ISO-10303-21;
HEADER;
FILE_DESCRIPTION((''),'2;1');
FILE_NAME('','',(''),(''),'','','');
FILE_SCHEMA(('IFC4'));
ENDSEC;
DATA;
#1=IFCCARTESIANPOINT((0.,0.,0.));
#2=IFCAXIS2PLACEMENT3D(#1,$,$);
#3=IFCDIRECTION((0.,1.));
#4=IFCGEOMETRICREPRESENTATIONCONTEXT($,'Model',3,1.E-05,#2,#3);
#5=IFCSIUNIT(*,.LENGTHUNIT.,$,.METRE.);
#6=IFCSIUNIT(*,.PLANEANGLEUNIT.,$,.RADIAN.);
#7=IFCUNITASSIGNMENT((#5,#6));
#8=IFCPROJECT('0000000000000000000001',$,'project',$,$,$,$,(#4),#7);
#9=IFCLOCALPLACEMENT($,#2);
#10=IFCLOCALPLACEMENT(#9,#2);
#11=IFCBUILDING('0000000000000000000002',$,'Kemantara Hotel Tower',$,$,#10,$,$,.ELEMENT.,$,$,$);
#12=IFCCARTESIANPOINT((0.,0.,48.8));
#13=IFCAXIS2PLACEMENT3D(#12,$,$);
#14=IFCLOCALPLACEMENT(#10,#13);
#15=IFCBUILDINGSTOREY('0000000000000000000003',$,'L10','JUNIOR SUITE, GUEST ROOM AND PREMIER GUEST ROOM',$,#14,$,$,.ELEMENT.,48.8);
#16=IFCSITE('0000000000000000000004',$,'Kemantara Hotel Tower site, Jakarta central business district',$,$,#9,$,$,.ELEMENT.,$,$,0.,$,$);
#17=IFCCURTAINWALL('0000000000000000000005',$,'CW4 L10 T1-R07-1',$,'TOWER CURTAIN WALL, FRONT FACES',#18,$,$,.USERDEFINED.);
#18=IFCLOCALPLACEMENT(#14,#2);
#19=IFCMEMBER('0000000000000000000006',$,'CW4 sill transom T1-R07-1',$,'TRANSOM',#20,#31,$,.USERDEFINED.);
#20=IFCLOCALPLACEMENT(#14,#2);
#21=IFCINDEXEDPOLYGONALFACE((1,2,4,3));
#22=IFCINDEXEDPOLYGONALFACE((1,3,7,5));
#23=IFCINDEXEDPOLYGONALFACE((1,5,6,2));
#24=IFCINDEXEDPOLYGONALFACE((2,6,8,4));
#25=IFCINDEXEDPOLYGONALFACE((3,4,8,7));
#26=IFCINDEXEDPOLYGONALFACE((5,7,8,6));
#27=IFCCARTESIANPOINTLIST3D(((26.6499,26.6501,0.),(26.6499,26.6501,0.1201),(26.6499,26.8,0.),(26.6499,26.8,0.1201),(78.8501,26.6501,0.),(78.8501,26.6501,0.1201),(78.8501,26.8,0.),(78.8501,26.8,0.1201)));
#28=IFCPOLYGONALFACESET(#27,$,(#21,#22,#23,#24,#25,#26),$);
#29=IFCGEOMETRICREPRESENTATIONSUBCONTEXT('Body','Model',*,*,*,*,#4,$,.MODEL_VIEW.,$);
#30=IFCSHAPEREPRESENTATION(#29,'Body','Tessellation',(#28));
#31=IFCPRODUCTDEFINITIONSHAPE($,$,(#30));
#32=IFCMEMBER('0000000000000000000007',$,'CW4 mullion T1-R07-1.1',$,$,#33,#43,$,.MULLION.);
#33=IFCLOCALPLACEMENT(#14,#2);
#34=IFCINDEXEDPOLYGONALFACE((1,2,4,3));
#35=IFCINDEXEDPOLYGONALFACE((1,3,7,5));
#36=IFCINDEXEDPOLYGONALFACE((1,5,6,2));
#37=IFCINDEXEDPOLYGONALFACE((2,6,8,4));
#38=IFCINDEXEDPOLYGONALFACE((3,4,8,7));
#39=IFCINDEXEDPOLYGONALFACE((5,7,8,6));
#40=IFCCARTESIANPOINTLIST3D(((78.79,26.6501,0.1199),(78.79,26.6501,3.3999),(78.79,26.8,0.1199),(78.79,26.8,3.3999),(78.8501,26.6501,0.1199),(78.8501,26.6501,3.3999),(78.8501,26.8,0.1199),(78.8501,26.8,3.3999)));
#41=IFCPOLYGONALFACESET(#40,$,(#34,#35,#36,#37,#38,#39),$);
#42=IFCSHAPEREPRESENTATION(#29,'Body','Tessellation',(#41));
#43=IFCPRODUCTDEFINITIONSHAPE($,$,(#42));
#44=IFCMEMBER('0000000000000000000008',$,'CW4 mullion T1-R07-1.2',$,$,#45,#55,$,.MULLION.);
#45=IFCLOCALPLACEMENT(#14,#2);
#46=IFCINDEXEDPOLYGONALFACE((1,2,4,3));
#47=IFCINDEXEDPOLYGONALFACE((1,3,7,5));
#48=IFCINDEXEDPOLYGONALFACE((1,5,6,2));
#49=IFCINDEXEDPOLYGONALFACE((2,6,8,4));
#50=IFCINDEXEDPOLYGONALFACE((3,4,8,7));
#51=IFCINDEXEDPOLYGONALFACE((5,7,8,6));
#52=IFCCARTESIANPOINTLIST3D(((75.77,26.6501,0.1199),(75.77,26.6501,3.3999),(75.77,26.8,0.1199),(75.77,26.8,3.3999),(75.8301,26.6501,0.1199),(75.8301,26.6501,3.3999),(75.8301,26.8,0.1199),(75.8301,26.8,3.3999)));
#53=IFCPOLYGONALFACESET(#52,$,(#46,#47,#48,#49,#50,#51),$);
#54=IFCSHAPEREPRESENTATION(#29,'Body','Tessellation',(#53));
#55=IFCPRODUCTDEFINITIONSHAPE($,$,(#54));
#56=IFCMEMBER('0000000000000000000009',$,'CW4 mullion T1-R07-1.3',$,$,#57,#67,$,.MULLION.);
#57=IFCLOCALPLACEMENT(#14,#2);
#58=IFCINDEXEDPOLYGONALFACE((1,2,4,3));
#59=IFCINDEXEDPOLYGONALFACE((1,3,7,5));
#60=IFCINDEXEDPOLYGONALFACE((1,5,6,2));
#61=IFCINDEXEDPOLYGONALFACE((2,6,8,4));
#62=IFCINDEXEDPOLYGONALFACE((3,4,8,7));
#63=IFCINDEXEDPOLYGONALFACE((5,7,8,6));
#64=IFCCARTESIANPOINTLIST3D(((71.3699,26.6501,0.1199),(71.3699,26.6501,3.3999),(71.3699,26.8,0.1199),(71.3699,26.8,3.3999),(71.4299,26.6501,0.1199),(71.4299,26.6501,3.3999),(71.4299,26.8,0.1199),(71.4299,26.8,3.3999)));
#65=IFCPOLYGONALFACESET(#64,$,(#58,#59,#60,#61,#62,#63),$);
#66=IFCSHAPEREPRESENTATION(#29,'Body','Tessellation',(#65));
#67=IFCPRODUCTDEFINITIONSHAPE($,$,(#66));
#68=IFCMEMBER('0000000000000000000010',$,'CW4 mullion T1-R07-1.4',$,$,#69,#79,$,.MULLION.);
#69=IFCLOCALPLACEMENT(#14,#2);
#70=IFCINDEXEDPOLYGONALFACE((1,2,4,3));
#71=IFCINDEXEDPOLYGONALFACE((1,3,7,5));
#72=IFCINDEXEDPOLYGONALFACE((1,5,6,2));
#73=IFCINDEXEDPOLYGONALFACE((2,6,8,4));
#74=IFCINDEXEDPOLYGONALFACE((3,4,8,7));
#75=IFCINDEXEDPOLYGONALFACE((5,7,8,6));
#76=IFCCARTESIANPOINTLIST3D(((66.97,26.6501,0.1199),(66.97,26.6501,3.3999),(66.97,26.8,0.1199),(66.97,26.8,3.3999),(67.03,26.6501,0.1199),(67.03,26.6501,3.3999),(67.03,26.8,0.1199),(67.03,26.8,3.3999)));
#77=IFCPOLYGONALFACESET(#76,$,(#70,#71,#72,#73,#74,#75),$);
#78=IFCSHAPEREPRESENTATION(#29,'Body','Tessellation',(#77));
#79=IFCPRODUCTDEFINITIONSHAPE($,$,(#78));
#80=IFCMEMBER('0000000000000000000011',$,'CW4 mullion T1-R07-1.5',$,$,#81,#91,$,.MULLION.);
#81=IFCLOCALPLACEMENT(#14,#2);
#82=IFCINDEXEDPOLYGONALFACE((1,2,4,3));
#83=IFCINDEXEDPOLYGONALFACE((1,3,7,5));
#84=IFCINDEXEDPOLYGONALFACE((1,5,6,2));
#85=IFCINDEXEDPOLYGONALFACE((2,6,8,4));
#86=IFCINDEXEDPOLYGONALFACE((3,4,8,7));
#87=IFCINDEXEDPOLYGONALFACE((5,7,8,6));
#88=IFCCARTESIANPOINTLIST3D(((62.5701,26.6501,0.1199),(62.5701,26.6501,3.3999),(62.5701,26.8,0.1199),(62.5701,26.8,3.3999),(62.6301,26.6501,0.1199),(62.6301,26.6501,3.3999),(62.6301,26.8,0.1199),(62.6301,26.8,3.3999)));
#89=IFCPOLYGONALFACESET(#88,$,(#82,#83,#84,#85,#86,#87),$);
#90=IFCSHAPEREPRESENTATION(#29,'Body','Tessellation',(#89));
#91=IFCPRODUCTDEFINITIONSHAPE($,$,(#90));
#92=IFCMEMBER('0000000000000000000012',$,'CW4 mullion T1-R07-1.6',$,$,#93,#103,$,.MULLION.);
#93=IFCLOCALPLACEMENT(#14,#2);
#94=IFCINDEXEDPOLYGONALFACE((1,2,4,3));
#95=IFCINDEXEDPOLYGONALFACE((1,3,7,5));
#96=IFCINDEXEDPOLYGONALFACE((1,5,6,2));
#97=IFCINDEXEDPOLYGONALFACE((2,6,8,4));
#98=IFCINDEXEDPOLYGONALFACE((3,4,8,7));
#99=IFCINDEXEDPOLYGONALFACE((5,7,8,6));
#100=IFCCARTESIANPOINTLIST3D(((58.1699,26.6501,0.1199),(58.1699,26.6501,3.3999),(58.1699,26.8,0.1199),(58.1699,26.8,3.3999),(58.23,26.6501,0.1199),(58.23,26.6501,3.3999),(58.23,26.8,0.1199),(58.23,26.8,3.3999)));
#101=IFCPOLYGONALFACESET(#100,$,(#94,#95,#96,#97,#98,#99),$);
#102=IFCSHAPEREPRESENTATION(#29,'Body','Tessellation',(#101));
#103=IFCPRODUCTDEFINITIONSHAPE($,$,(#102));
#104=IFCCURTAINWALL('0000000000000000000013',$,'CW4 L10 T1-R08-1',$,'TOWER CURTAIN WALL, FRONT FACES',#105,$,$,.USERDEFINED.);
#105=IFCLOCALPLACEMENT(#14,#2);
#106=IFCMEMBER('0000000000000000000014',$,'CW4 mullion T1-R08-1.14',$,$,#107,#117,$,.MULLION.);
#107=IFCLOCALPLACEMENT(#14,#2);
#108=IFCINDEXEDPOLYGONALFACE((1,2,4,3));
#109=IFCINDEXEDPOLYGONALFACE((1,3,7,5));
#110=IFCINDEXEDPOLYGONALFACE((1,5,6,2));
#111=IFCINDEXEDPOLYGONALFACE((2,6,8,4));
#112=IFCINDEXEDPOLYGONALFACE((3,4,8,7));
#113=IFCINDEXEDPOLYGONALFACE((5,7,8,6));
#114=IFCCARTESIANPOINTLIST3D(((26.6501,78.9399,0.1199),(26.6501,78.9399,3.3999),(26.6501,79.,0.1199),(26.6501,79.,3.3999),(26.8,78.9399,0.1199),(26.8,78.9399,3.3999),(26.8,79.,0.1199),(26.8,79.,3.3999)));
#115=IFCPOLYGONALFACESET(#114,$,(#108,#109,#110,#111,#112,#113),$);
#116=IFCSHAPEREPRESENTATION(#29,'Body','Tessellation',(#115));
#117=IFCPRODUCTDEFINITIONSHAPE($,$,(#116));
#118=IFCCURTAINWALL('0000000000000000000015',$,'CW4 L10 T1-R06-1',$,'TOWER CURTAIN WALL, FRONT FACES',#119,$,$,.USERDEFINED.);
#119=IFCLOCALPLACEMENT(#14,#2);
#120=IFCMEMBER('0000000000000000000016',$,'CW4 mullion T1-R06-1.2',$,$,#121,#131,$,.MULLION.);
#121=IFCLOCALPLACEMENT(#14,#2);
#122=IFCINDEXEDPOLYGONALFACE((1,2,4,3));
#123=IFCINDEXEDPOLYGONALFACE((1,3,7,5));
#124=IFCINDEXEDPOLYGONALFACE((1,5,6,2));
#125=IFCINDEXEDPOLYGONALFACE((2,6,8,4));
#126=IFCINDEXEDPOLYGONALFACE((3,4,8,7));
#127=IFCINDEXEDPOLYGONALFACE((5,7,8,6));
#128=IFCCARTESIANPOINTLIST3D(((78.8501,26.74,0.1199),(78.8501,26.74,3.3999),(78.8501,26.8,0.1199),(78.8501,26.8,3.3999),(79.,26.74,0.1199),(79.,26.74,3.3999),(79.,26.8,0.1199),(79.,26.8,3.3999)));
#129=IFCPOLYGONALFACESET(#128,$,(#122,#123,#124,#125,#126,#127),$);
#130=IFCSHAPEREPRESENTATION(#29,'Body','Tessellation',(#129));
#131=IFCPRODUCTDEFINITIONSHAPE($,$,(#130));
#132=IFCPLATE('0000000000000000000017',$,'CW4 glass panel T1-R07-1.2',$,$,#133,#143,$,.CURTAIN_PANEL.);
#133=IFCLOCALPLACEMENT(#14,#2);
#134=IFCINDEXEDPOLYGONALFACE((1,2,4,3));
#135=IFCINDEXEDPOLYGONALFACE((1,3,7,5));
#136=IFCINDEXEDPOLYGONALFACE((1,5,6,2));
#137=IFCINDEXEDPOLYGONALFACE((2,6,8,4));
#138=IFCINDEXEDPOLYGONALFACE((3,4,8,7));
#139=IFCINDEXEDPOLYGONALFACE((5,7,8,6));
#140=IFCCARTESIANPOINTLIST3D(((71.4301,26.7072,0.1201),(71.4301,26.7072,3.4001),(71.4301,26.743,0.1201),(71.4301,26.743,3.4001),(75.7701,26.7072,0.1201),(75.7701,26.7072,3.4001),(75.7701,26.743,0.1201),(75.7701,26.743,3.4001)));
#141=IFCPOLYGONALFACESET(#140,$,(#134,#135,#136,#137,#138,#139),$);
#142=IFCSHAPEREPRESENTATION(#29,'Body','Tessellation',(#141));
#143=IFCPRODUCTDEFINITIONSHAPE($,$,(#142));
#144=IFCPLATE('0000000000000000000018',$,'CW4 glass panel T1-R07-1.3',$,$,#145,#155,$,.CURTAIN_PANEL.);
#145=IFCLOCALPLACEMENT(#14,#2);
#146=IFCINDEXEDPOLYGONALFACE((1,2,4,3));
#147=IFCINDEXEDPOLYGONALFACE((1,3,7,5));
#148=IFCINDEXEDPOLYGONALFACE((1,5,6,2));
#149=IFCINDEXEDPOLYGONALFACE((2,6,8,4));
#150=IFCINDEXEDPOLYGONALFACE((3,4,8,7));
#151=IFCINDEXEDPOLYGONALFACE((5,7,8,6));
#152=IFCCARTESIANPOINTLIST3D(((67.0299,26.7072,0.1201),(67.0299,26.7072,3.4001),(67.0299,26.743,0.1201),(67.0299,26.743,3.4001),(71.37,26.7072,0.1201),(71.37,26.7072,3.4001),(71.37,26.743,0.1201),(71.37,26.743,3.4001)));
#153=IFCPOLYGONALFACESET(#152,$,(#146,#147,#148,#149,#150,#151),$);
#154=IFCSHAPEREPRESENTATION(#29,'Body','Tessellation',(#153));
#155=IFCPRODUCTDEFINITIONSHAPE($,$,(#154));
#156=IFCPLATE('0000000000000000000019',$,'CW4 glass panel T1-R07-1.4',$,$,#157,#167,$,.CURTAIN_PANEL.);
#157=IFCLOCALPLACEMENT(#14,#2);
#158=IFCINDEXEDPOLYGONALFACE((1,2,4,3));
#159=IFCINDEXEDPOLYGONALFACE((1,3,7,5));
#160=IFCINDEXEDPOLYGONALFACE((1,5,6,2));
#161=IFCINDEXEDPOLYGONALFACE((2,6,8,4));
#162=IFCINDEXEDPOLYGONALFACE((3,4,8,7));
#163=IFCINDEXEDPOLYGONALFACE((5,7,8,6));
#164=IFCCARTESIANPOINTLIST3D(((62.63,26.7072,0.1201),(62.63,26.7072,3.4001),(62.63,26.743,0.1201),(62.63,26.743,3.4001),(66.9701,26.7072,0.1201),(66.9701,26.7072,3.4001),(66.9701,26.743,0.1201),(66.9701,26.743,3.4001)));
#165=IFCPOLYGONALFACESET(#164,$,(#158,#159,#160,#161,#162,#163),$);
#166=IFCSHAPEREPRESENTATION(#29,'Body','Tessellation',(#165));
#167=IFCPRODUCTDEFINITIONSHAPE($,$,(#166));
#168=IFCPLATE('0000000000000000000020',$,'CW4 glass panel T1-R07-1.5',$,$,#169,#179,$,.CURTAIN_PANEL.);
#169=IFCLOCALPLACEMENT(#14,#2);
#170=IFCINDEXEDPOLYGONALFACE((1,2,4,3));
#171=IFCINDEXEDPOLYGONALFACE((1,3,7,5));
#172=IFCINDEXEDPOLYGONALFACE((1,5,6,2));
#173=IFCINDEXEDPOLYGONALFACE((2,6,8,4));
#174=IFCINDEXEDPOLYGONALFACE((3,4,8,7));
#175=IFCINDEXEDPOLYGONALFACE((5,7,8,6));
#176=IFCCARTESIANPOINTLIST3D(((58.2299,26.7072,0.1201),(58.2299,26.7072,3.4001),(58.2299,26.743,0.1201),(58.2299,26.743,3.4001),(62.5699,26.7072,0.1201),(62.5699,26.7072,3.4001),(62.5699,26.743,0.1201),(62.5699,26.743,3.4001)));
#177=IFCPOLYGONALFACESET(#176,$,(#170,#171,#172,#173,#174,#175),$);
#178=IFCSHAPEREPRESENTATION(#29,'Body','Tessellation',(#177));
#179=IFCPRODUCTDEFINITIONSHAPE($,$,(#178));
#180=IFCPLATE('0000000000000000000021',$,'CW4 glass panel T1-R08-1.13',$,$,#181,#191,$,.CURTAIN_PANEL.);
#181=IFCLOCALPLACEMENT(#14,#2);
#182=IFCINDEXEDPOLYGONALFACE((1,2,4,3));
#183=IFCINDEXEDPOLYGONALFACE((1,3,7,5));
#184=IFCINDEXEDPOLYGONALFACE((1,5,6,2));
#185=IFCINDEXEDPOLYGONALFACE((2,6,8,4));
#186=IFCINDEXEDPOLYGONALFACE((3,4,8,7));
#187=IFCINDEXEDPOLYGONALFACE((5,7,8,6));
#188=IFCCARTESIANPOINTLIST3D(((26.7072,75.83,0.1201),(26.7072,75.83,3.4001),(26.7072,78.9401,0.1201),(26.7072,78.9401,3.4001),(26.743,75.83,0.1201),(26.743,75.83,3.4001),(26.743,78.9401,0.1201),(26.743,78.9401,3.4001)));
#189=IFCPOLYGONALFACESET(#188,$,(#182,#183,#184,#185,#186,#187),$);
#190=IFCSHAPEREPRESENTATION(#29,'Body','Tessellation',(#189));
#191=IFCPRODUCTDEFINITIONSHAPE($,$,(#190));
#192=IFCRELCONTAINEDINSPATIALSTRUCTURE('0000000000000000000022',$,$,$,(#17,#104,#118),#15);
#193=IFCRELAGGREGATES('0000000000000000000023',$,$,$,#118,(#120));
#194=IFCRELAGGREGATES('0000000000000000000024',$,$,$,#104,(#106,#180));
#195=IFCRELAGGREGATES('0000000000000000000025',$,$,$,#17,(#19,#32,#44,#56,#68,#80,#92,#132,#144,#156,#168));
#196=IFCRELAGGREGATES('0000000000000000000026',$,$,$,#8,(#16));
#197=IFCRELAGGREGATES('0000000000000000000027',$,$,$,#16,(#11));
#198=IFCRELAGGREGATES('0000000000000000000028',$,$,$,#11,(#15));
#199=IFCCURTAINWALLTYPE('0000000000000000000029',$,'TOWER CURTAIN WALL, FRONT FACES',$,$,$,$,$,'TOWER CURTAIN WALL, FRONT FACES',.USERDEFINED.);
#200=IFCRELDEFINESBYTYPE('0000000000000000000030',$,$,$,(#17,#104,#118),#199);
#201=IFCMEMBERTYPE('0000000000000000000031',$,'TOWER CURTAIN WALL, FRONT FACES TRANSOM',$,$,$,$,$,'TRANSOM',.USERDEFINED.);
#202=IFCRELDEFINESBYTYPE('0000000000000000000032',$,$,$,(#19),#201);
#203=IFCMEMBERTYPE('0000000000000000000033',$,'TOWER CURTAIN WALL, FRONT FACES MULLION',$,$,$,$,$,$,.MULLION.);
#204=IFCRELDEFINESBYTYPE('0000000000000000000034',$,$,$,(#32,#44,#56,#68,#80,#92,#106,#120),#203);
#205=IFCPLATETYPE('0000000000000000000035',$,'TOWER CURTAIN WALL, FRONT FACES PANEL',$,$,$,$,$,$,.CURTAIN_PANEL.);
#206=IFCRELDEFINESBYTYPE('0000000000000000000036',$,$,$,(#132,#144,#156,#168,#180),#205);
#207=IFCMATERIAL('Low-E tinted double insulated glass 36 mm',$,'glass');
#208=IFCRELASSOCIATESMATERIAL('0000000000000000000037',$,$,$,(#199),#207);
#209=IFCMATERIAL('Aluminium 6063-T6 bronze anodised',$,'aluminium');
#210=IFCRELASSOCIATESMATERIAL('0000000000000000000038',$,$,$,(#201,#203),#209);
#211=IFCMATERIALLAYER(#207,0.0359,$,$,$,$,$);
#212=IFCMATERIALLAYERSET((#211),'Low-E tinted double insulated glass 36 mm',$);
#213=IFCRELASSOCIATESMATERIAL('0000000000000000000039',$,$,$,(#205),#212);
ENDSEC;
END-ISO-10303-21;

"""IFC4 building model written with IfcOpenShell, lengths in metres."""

from ifc_helpers import new_model, si_unit, direction, frame, origin, origin_2d, place, context, subcontext, project, spatial, rectangle, extrude, source, transform, mapped, material, layer, layer_set, material_profile, profile_set, type_object, element, aggregate, save


model = new_model("IFC4")

# Units and contexts
model_context = context("Model", 3, precision=1e-05, world=origin(), true_north=direction((0.0, 1.0)))
body_context = subcontext(model_context, "Body", "Model", "MODEL_VIEW")
ifc_project = project(units=[si_unit("LENGTHUNIT", "METRE"), si_unit("PLANEANGLEUNIT", "RADIAN")], contexts=[model_context])

# Site, building, storey
site_placement = place(None, origin())
site = spatial("IfcSite", under=ifc_project, at=site_placement, Name="Kemantara Hotel Tower site, Jakarta central business district", CompositionType="ELEMENT", RefElevation=0.0)
building_placement = place(site_placement, origin())
building = spatial("IfcBuilding", under=site, at=building_placement, Name="Kemantara Hotel Tower", CompositionType="ELEMENT")
storey_placement = place(building_placement, frame((0.0, 0.0, 48.8)))
storey = spatial("IfcBuildingStorey", under=building, at=storey_placement, Name="L10", Description="JUNIOR SUITE, GUEST ROOM AND PREMIER GUEST ROOM", CompositionType="ELEMENT", Elevation=48.8)

# Curtain wall, members
ifc_material_1 = material(Name="Low-E tinted double insulated glass 36 mm", Category="glass")
curtain_wall_type = type_object("IfcCurtainWallType", Name="TOWER CURTAIN WALL, FRONT FACES", ElementType="TOWER CURTAIN WALL, FRONT FACES", PredefinedType="USERDEFINED", material=ifc_material_1)
curtain_wall_1_placement = place(storey_placement, origin())
curtain_wall_1 = element("IfcCurtainWall", 1, at=curtain_wall_1_placement, inside=storey, type_object=curtain_wall_type, Name="CW4 L10 T1-R07-1", ObjectType="TOWER CURTAIN WALL, FRONT FACES", PredefinedType="USERDEFINED")
ifc_material_2 = material(Name="Aluminium 6063-T6 bronze anodised", Category="aluminium")
ifc_material_profile_1 = material_profile(ifc_material_2, rectangle(XDim=0.1499, YDim=0.1201, at=origin_2d()), Name="TOWER CURTAIN WALL, FRONT FACES TRANSOM")
ifc_profile_set_1 = profile_set([ifc_material_profile_1], Name="Aluminium 6063-T6 bronze anodised")
member_type_1 = type_object("IfcMemberType", Name="TOWER CURTAIN WALL, FRONT FACES TRANSOM", ElementType="TRANSOM", PredefinedType="USERDEFINED", material=ifc_profile_set_1)
member_1_placement = place(storey_placement, frame((78.8501, 26.7251, 0.0601), z_axis=(-1.0, 0.0, 0.0), x_axis=(0.0, -1.0, 0.0)))
member_1 = element("IfcMember", 2, at=member_1_placement, type_object=member_type_1, Name="CW4 sill transom T1-R07-1", ObjectType="TRANSOM", PredefinedType="USERDEFINED", context=body_context, shape_type="SweptSolid", body=[
    extrude(rectangle(XDim=0.1499, YDim=0.1201, at=origin_2d()), origin(), (0.0, 0.0, 1.0), 52.2002),
])
ifc_material_profile_2 = material_profile(ifc_material_2, rectangle(XDim=0.1499, YDim=0.0601, at=origin_2d()), Name="TOWER CURTAIN WALL, FRONT FACES MULLION")
ifc_profile_set_2 = profile_set([ifc_material_profile_2], Name="Aluminium 6063-T6 bronze anodised")
member_type_2 = type_object("IfcMemberType", Name="TOWER CURTAIN WALL, FRONT FACES MULLION", PredefinedType="MULLION", material=ifc_profile_set_2)
shared_shape_1 = source(origin(), body_context, "Body", "SweptSolid", [
    extrude(rectangle(XDim=0.1499, YDim=0.0601, at=origin_2d()), origin(), (0.0, 0.0, 1.0), 3.28),
])
member_2_placement = place(storey_placement, frame((78.8201, 26.7251, 0.1199), z_axis=(0.0, 0.0, 1.0), x_axis=(0.0, -1.0, 0.0)))
member_2 = element("IfcMember", 3, at=member_2_placement, type_object=member_type_2, Name="CW4 mullion T1-R07-1.1", PredefinedType="MULLION", context=body_context, shape_type="MappedRepresentation", body=[
    mapped(shared_shape_1, transform((0.0, 0.0, 0.0))),
])
member_3_placement = place(storey_placement, frame((75.8, 26.7251, 0.1199), z_axis=(0.0, 0.0, 1.0), x_axis=(0.0, -1.0, 0.0)))
member_3 = element("IfcMember", 4, at=member_3_placement, type_object=member_type_2, Name="CW4 mullion T1-R07-1.2", PredefinedType="MULLION", context=body_context, shape_type="MappedRepresentation", body=[
    mapped(shared_shape_1, transform((0.0, 0.0, 0.0))),
])
member_4_placement = place(storey_placement, frame((71.3999, 26.7251, 0.1199), z_axis=(0.0, 0.0, 1.0), x_axis=(0.0, -1.0, 0.0)))
member_4 = element("IfcMember", 5, at=member_4_placement, type_object=member_type_2, Name="CW4 mullion T1-R07-1.3", PredefinedType="MULLION", context=body_context, shape_type="MappedRepresentation", body=[
    mapped(shared_shape_1, transform((0.0, 0.0, 0.0))),
])
member_5_placement = place(storey_placement, frame((67.0, 26.7251, 0.1199), z_axis=(0.0, 0.0, 1.0), x_axis=(0.0, -1.0, 0.0)))
member_5 = element("IfcMember", 6, at=member_5_placement, type_object=member_type_2, Name="CW4 mullion T1-R07-1.4", PredefinedType="MULLION", context=body_context, shape_type="MappedRepresentation", body=[
    mapped(shared_shape_1, transform((0.0, 0.0, 0.0))),
])
member_6_placement = place(storey_placement, frame((62.6001, 26.7251, 0.1199), z_axis=(0.0, 0.0, 1.0), x_axis=(0.0, -1.0, 0.0)))
member_6 = element("IfcMember", 7, at=member_6_placement, type_object=member_type_2, Name="CW4 mullion T1-R07-1.5", PredefinedType="MULLION", context=body_context, shape_type="MappedRepresentation", body=[
    mapped(shared_shape_1, transform((0.0, 0.0, 0.0))),
])
member_7_placement = place(storey_placement, frame((58.2, 26.7251, 0.1199), z_axis=(0.0, 0.0, 1.0), x_axis=(0.0, -1.0, 0.0)))
member_7 = element("IfcMember", 8, at=member_7_placement, type_object=member_type_2, Name="CW4 mullion T1-R07-1.6", PredefinedType="MULLION", context=body_context, shape_type="MappedRepresentation", body=[
    mapped(shared_shape_1, transform((0.0, 0.0, 0.0))),
])

# Curtain walls, members
curtain_wall_2_placement = place(storey_placement, origin())
curtain_wall_2 = element("IfcCurtainWall", 9, at=curtain_wall_2_placement, inside=storey, type_object=curtain_wall_type, Name="CW4 L10 T1-R08-1", ObjectType="TOWER CURTAIN WALL, FRONT FACES", PredefinedType="USERDEFINED")
member_8_placement = place(storey_placement, frame((26.7251, 78.97, 0.1199), z_axis=(0.0, 0.0, 1.0), x_axis=(-1.0, 0.0, 0.0)))
member_8 = element("IfcMember", 10, at=member_8_placement, type_object=member_type_2, Name="CW4 mullion T1-R08-1.14", PredefinedType="MULLION", context=body_context, shape_type="MappedRepresentation", body=[
    mapped(shared_shape_1, transform((0.0, 0.0, 0.0))),
])
curtain_wall_3_placement = place(storey_placement, origin())
curtain_wall_3 = element("IfcCurtainWall", 11, at=curtain_wall_3_placement, inside=storey, type_object=curtain_wall_type, Name="CW4 L10 T1-R06-1", ObjectType="TOWER CURTAIN WALL, FRONT FACES", PredefinedType="USERDEFINED")
member_9_placement = place(storey_placement, frame((78.925, 26.77, 0.1199), z_axis=(0.0, 0.0, 1.0), x_axis=(-1.0, 0.0, 0.0)))
member_9 = element("IfcMember", 12, at=member_9_placement, type_object=member_type_2, Name="CW4 mullion T1-R06-1.2", PredefinedType="MULLION", context=body_context, shape_type="MappedRepresentation", body=[
    mapped(shared_shape_1, transform((0.0, 0.0, 0.0))),
])
aggregate(curtain_wall_3, [member_9])

# Plates
ifc_layer_1 = layer(ifc_material_1, 0.0359)
ifc_layer_set_1 = layer_set([ifc_layer_1], Name="Low-E tinted double insulated glass 36 mm")
plate_type = type_object("IfcPlateType", Name="TOWER CURTAIN WALL, FRONT FACES PANEL", PredefinedType="CURTAIN_PANEL", material=ifc_layer_set_1)
shared_shape_2 = source(origin(), body_context, "Body", "SweptSolid", [
    extrude(rectangle(XDim=4.3401, YDim=0.0359, at=origin_2d()), origin(), (0.0, 0.0, 1.0), 3.28),
])
plate_1_placement = place(storey_placement, frame((73.6001, 26.7251, 0.1201), z_axis=(0.0, 0.0, 1.0), x_axis=(-1.0, 0.0, 0.0)))
plate_1 = element("IfcPlate", 13, at=plate_1_placement, type_object=plate_type, Name="CW4 glass panel T1-R07-1.2", PredefinedType="CURTAIN_PANEL", context=body_context, shape_type="MappedRepresentation", body=[
    mapped(shared_shape_2, transform((0.0, 0.0, 0.0))),
])
plate_2_placement = place(storey_placement, frame((69.2, 26.7251, 0.1201), z_axis=(0.0, 0.0, 1.0), x_axis=(-1.0, 0.0, 0.0)))
plate_2 = element("IfcPlate", 14, at=plate_2_placement, type_object=plate_type, Name="CW4 glass panel T1-R07-1.3", PredefinedType="CURTAIN_PANEL", context=body_context, shape_type="MappedRepresentation", body=[
    mapped(shared_shape_2, transform((0.0, 0.0, 0.0))),
])
plate_3_placement = place(storey_placement, frame((64.8, 26.7251, 0.1201), z_axis=(0.0, 0.0, 1.0), x_axis=(-1.0, 0.0, 0.0)))
plate_3 = element("IfcPlate", 15, at=plate_3_placement, type_object=plate_type, Name="CW4 glass panel T1-R07-1.4", PredefinedType="CURTAIN_PANEL", context=body_context, shape_type="MappedRepresentation", body=[
    mapped(shared_shape_2, transform((0.0, 0.0, 0.0))),
])
plate_4_placement = place(storey_placement, frame((60.3999, 26.7251, 0.1201), z_axis=(0.0, 0.0, 1.0), x_axis=(-1.0, 0.0, 0.0)))
plate_4 = element("IfcPlate", 16, at=plate_4_placement, type_object=plate_type, Name="CW4 glass panel T1-R07-1.5", PredefinedType="CURTAIN_PANEL", context=body_context, shape_type="MappedRepresentation", body=[
    mapped(shared_shape_2, transform((0.0, 0.0, 0.0))),
])
shared_shape_3 = source(origin(), body_context, "Body", "SweptSolid", [
    extrude(rectangle(XDim=3.1101, YDim=0.0359, at=origin_2d()), origin(), (0.0, 0.0, 1.0), 3.28),
])
plate_5_placement = place(storey_placement, frame((26.7251, 77.385, 0.1201), z_axis=(0.0, 0.0, 1.0), x_axis=(0.0, 1.0, 0.0)))
plate_5 = element("IfcPlate", 17, at=plate_5_placement, type_object=plate_type, Name="CW4 glass panel T1-R08-1.13", PredefinedType="CURTAIN_PANEL", context=body_context, shape_type="MappedRepresentation", body=[
    mapped(shared_shape_3, transform((0.0, 0.0, 0.0))),
])
aggregate(curtain_wall_2, [member_8, plate_5])
aggregate(curtain_wall_1, [member_1, member_2, member_3, member_4, member_5, member_6, member_7, plate_1, plate_2, plate_3, plate_4])

save(model, "model.ifc")
